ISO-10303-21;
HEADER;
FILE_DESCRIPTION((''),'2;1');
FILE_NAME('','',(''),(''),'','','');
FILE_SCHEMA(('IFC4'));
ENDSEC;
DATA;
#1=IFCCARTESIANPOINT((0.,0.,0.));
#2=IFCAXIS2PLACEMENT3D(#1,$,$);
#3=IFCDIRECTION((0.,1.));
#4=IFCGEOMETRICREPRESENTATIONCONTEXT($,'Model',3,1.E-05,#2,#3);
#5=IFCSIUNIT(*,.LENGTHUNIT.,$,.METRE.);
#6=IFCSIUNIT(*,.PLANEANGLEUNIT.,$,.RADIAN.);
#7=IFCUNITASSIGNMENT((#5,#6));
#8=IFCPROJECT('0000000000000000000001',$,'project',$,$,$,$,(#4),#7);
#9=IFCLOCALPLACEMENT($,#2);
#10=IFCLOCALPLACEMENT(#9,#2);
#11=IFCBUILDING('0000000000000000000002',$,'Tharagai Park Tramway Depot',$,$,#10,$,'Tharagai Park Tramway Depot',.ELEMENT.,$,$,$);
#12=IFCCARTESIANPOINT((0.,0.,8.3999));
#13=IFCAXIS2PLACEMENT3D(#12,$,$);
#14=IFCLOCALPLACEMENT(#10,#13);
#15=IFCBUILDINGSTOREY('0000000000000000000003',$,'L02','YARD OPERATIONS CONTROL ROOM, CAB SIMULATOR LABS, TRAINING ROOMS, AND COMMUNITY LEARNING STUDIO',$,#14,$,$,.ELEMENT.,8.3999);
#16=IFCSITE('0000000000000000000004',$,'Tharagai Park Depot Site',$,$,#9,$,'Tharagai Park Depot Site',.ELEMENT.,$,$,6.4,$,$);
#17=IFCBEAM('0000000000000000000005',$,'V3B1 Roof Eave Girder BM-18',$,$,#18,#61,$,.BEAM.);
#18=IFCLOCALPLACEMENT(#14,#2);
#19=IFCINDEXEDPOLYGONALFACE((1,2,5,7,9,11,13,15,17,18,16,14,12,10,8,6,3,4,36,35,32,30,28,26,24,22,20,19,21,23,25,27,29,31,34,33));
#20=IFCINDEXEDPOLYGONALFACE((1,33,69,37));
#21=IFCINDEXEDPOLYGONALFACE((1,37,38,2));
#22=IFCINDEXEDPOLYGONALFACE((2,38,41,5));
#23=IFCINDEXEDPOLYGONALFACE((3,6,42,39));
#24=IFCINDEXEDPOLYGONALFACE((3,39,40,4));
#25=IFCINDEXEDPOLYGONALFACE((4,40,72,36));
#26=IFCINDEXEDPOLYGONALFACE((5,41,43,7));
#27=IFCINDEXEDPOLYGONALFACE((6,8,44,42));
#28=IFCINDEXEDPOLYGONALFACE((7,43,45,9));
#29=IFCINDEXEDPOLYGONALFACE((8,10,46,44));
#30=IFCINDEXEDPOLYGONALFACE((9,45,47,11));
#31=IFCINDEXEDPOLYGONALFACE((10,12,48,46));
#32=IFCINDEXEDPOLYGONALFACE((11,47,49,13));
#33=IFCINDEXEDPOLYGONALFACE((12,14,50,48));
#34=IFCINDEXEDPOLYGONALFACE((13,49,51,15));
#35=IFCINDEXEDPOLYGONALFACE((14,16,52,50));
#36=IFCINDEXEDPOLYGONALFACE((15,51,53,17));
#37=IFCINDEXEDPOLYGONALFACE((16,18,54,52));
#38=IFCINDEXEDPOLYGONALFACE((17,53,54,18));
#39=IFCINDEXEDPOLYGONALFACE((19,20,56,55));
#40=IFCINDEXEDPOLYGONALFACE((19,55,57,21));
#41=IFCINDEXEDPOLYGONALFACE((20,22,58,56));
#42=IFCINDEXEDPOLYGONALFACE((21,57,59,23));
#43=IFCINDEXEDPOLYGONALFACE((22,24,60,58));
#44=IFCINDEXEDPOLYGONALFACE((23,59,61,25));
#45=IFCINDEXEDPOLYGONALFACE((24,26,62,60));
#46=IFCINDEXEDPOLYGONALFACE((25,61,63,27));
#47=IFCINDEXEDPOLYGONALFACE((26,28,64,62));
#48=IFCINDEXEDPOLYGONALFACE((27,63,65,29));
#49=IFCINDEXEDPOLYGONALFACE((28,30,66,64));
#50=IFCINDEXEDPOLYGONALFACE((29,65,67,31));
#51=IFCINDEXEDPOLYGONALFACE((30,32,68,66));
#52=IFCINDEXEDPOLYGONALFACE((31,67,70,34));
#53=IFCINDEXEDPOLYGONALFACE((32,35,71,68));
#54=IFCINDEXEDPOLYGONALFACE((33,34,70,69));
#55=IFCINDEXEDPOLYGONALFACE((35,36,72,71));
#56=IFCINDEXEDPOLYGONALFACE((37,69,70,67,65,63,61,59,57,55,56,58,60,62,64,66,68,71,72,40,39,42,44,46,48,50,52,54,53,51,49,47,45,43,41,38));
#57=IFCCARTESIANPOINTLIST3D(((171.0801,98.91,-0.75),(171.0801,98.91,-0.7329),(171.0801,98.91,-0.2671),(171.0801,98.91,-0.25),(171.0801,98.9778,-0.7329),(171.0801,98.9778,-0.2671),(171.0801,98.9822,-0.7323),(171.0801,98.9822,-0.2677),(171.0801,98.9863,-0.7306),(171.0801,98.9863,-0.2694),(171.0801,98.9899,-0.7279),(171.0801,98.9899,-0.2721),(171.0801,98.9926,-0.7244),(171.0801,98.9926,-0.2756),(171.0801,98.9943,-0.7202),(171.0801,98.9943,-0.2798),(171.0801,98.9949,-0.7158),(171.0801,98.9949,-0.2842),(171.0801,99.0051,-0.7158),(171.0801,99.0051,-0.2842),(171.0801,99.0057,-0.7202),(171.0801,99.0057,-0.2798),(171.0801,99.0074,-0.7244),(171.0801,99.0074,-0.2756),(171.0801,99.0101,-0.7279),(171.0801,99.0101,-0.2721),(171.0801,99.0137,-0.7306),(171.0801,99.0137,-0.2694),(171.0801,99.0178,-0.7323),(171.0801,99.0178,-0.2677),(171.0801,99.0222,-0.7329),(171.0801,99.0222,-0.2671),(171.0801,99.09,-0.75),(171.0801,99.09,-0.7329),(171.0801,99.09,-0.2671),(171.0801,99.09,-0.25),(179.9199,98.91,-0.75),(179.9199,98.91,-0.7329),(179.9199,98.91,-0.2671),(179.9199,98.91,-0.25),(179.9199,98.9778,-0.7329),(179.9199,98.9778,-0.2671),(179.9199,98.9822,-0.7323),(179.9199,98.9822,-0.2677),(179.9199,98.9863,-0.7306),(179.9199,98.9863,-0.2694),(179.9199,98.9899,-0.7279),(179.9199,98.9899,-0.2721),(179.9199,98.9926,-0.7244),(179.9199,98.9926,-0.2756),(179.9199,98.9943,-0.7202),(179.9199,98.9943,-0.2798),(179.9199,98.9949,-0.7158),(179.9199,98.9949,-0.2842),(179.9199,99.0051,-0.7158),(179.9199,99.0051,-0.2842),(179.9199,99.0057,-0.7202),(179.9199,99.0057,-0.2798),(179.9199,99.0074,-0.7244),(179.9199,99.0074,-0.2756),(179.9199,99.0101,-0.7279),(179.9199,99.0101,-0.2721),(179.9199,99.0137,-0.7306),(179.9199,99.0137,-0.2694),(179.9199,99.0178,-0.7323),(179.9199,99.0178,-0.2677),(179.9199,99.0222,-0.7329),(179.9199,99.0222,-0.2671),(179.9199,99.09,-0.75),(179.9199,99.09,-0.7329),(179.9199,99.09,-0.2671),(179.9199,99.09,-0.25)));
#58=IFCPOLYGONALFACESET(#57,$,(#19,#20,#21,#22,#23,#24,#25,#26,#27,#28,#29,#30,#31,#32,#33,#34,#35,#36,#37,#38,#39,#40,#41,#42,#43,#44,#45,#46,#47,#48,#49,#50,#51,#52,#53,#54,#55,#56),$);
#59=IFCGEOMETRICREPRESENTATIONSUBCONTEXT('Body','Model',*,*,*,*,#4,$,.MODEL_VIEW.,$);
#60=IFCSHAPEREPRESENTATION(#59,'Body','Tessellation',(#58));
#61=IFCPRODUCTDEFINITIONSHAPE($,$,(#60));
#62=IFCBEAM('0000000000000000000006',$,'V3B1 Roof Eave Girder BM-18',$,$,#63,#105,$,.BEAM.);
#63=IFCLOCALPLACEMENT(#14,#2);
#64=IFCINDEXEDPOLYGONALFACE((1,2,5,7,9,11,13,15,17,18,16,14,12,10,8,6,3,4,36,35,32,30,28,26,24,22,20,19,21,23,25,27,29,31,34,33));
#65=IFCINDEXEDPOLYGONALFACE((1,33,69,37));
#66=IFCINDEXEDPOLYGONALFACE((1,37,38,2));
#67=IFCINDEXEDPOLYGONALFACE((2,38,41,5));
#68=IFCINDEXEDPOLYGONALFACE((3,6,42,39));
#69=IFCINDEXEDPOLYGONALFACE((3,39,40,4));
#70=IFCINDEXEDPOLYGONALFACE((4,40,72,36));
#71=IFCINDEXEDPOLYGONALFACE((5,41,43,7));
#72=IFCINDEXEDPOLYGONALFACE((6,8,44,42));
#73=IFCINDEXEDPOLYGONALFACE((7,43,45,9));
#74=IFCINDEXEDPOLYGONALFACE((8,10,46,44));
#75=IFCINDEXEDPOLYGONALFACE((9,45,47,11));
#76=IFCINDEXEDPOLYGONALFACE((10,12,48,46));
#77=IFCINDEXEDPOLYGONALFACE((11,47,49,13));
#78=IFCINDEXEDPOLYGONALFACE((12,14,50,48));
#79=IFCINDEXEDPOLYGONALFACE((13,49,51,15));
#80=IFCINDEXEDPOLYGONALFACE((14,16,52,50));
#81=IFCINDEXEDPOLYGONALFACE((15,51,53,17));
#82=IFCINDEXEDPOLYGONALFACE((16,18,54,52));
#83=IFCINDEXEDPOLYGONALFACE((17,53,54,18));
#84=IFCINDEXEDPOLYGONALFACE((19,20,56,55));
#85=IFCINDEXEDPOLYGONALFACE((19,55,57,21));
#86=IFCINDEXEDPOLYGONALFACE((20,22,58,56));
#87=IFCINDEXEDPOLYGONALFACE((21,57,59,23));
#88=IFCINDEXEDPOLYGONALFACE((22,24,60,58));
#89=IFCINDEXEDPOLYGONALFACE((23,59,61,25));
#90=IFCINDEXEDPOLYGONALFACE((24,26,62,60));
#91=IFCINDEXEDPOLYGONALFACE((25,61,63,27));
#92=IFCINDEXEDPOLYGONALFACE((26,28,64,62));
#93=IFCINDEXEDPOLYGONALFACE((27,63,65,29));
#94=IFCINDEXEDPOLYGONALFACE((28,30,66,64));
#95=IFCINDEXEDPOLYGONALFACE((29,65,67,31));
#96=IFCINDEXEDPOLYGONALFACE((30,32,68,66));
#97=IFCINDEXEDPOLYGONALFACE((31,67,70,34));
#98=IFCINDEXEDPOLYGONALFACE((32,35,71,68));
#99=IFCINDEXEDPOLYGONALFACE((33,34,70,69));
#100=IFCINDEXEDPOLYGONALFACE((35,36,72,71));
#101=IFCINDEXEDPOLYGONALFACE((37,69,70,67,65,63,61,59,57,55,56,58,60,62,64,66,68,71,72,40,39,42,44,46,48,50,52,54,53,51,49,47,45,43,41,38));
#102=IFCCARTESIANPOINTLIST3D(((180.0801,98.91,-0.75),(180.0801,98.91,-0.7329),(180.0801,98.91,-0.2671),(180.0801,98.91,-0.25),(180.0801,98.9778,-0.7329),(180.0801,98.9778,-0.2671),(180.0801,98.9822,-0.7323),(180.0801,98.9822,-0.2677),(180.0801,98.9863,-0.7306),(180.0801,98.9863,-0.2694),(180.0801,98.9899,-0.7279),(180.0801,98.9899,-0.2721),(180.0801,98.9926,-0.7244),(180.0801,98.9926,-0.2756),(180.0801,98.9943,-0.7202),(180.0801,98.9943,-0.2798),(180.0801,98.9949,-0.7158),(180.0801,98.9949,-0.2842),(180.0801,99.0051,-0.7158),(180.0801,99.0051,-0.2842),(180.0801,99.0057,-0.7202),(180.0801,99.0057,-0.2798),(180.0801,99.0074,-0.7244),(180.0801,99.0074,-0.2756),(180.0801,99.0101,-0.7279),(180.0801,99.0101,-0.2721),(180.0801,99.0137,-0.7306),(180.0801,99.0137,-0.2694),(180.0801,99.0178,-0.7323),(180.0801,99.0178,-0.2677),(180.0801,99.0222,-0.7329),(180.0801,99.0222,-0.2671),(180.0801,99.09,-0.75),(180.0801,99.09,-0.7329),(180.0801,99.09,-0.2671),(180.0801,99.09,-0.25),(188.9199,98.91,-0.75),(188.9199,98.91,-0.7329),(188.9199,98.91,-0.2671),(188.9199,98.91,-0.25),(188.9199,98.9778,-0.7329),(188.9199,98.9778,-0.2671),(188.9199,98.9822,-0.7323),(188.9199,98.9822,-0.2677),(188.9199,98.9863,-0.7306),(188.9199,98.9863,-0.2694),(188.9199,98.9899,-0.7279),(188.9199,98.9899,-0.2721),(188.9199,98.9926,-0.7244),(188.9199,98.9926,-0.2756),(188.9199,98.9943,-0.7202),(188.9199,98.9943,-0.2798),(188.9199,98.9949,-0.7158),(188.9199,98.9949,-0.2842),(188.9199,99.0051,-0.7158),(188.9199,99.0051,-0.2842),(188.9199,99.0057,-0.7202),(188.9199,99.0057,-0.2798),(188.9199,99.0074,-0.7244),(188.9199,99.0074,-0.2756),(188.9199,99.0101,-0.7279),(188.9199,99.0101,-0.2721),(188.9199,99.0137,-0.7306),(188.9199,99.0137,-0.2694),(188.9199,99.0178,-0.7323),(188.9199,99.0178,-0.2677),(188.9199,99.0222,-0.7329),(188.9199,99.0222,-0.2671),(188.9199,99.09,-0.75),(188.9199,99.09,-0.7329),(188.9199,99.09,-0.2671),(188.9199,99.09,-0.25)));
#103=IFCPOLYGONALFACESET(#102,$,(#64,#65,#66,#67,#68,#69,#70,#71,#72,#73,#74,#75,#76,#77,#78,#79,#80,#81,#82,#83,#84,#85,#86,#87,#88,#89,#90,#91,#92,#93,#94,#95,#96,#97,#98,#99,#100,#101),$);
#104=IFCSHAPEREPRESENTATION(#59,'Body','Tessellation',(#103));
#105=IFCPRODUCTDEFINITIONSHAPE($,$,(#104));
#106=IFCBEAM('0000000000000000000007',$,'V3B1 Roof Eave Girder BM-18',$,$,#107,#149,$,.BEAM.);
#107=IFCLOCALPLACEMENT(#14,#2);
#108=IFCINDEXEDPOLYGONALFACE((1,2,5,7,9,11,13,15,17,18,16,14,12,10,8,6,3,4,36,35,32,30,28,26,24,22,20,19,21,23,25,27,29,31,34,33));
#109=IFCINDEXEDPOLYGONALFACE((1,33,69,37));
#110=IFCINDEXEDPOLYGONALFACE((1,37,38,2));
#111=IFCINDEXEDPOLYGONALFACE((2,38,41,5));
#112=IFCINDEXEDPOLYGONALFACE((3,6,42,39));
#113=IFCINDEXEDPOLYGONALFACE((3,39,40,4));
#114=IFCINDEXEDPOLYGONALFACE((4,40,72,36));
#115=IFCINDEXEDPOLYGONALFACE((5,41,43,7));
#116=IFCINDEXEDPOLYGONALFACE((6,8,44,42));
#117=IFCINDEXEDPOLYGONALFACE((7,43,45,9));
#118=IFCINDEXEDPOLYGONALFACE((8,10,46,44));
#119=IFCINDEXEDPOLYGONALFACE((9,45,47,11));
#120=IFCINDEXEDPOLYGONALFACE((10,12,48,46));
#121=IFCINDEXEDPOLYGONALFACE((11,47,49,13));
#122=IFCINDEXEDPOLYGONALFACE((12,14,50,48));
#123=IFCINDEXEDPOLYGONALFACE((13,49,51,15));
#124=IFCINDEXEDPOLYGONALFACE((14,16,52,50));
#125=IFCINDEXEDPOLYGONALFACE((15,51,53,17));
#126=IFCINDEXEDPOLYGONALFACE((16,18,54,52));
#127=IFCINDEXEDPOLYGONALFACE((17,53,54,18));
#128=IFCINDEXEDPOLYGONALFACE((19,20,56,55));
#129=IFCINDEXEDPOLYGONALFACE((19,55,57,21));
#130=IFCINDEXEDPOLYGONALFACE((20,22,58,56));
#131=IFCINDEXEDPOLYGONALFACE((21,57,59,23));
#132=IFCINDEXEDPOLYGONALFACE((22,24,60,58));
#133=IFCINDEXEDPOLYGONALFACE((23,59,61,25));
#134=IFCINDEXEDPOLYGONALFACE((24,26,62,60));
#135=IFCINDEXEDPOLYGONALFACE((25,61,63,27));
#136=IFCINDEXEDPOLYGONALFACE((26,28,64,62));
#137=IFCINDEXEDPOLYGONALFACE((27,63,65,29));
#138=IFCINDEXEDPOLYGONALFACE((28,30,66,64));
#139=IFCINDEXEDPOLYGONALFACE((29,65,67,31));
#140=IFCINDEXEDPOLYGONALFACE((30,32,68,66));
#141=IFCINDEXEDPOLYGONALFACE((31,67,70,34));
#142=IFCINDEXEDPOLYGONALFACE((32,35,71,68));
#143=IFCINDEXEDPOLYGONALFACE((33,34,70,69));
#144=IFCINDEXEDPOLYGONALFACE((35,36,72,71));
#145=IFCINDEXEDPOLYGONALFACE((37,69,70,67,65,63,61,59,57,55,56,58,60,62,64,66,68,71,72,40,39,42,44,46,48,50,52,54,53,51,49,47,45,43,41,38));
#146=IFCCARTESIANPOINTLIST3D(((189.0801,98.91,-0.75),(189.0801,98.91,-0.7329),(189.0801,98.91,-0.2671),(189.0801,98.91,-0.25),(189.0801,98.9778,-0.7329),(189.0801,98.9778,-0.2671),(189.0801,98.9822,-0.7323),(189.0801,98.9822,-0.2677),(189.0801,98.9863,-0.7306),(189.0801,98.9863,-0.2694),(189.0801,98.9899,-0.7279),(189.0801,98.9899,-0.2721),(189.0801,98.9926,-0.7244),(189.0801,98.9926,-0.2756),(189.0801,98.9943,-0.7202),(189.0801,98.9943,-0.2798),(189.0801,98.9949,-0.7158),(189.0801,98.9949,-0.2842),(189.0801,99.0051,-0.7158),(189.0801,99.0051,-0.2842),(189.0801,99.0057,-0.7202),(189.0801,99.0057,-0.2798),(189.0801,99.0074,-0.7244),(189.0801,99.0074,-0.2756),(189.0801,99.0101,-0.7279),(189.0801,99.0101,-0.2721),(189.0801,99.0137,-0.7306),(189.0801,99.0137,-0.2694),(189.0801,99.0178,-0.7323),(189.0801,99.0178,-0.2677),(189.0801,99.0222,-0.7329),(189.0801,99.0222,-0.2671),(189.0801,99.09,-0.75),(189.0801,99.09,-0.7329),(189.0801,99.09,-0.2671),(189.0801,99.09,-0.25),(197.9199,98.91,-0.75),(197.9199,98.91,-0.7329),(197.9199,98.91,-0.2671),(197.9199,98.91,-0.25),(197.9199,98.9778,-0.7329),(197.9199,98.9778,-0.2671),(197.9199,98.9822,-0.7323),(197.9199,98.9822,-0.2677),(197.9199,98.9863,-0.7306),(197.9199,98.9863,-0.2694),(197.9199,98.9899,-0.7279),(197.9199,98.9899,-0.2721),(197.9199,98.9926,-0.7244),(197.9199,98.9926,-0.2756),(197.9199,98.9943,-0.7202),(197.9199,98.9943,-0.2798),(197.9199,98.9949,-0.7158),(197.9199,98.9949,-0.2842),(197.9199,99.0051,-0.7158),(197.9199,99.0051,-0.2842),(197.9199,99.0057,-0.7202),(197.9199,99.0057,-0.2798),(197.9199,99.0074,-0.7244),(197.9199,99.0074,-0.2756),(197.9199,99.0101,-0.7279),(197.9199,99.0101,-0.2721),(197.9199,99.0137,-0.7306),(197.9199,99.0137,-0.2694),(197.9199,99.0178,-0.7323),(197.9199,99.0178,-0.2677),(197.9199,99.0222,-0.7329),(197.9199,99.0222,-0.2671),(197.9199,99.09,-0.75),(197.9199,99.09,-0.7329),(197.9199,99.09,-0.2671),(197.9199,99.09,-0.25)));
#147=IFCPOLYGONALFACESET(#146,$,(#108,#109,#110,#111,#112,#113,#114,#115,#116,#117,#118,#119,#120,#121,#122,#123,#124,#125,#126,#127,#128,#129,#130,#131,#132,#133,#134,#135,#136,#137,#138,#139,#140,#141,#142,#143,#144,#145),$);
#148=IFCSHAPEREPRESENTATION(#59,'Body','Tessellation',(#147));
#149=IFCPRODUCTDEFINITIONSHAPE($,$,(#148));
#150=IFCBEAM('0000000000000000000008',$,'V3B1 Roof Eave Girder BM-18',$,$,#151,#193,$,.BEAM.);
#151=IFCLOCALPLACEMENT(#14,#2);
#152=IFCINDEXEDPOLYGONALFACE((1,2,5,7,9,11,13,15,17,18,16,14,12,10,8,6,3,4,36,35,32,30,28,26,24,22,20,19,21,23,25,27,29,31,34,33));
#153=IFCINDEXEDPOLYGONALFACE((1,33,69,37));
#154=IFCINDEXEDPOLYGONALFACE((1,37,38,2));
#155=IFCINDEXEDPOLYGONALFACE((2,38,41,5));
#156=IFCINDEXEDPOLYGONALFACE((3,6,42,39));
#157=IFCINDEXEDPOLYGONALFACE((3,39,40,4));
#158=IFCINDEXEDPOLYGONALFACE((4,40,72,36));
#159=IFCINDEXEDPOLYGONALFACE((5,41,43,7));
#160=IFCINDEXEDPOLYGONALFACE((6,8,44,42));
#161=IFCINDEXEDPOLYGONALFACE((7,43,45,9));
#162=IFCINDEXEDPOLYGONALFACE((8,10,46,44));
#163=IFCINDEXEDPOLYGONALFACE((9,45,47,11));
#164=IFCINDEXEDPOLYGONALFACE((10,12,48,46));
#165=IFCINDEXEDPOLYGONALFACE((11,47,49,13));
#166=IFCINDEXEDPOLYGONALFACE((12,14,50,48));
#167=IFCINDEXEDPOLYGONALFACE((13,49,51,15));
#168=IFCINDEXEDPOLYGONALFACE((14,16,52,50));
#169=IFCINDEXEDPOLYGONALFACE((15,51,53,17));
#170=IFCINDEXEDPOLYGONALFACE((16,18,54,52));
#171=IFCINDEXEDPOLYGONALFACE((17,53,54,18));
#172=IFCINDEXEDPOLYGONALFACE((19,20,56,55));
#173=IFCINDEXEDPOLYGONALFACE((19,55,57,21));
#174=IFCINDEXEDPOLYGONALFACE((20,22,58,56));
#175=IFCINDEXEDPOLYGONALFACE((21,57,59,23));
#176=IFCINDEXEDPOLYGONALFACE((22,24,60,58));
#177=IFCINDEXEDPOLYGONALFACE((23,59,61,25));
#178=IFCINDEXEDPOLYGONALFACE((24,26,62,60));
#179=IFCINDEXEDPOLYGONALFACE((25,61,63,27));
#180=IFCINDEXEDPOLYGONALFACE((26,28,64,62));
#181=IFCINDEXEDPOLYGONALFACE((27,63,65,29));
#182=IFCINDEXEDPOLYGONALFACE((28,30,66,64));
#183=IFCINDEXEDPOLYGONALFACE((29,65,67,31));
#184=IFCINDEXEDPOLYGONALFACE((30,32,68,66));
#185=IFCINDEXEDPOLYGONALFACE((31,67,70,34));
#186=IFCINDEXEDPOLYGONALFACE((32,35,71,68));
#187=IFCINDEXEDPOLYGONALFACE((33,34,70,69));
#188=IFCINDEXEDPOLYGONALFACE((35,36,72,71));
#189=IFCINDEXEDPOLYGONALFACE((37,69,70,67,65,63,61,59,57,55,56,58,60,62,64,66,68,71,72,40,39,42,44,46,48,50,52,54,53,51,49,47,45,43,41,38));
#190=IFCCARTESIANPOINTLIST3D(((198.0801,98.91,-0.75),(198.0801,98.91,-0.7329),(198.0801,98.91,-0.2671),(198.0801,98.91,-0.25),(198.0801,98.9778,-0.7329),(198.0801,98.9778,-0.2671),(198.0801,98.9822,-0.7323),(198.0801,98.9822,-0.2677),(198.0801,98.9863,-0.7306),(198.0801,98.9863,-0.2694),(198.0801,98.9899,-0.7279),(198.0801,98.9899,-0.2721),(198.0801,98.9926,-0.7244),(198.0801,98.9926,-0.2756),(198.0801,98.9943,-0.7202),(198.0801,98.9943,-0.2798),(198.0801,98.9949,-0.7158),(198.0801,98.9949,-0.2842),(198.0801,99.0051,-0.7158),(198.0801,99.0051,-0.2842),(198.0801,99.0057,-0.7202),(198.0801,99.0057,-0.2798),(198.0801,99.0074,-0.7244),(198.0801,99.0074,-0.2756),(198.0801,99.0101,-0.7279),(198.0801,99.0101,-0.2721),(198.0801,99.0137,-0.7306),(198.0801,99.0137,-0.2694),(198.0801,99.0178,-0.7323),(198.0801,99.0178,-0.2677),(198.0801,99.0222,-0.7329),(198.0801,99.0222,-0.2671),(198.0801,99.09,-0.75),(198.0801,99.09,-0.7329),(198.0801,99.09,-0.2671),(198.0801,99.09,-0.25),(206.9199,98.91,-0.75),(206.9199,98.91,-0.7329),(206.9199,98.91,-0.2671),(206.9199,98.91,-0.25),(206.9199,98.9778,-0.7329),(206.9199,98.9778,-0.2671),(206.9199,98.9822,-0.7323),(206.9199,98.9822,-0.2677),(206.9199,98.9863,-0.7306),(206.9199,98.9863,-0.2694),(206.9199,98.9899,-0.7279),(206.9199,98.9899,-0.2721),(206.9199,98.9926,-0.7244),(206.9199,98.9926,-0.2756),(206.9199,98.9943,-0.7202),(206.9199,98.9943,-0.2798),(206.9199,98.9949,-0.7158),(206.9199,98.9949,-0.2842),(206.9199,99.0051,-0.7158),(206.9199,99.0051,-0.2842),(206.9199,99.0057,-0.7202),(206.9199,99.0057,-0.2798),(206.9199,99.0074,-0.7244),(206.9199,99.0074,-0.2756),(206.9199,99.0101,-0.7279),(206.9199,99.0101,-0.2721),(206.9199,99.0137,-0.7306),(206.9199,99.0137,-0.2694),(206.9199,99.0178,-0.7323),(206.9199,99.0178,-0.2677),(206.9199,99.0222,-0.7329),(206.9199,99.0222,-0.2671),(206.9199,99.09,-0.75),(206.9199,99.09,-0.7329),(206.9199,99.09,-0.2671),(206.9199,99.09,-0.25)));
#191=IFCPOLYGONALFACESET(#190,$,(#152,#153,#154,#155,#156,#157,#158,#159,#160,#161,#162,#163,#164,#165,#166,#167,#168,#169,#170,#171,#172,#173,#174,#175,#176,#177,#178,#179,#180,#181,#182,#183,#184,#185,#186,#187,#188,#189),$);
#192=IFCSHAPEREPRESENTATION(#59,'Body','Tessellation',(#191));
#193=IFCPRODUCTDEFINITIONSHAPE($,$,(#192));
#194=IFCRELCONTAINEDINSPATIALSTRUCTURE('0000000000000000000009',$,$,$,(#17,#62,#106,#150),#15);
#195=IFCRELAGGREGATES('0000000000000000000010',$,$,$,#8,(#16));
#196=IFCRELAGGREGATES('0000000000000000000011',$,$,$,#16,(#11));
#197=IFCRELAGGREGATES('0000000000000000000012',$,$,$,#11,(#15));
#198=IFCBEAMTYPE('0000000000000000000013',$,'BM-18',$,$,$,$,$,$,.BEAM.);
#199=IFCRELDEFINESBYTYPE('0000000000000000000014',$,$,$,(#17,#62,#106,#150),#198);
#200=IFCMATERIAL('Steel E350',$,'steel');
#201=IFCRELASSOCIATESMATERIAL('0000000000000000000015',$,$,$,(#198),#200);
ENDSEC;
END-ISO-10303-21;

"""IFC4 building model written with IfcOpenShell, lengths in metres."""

from ifc_helpers import new_model, si_unit, direction, frame, origin, origin_2d, place, context, subcontext, project, spatial, i_section, extrude, material, material_profile, profile_set, type_object, element, save


model = new_model("IFC4")

# Units and contexts
model_context = context("Model", 3, precision=1e-05, world=origin(), true_north=direction((0.0, 1.0)))
body_context = subcontext(model_context, "Body", "Model", "MODEL_VIEW")
ifc_project = project(units=[si_unit("LENGTHUNIT", "METRE"), si_unit("PLANEANGLEUNIT", "RADIAN")], contexts=[model_context])

# Site, building, storey
site_placement = place(None, origin())
site = spatial("IfcSite", under=ifc_project, at=site_placement, Name="Tharagai Park Depot Site", LongName="Tharagai Park Depot Site", CompositionType="ELEMENT", RefElevation=6.4)
building_placement = place(site_placement, origin())
building = spatial("IfcBuilding", under=site, at=building_placement, Name="Tharagai Park Tramway Depot", LongName="Tharagai Park Tramway Depot", CompositionType="ELEMENT")
storey_placement = place(building_placement, frame((0.0, 0.0, 8.3999)))
storey = spatial("IfcBuildingStorey", under=building, at=storey_placement, Name="L02", Description="YARD OPERATIONS CONTROL ROOM, CAB SIMULATOR LABS, TRAINING ROOMS, AND COMMUNITY LEARNING STUDIO", CompositionType="ELEMENT", Elevation=8.3999)

# Shared definitions
ifc_material_1 = material(Name="Steel E350", Category="steel")

# Beams
ifc_material_profile_1 = material_profile(ifc_material_1, i_section(OverallWidth=0.1799, OverallDepth=0.5, WebThickness=0.0103, FlangeThickness=0.0171, FilletRadius=0.0171, at=origin_2d()), Name="ISMB 500")
ifc_profile_set_1 = profile_set([ifc_material_profile_1], Name="Steel E350")
beam_type_1 = type_object("IfcBeamType", Name="BM-18", PredefinedType="BEAM", material=ifc_profile_set_1)
for number, where, z_axis, x_axis, name in (
    (1, (171.0801, 99.0, -0.5), (1.0, 0.0, 0.0), (0.0, 1.0, 0.0), "V3B1 Roof Eave Girder BM-18"),
    (2, (180.0801, 99.0, -0.5), (1.0, 0.0, 0.0), (0.0, 1.0, 0.0), "V3B1 Roof Eave Girder BM-18"),
    (3, (189.0801, 99.0, -0.5), (1.0, 0.0, 0.0), (0.0, 1.0, 0.0), "V3B1 Roof Eave Girder BM-18"),
    (4, (198.0801, 99.0, -0.5), (1.0, 0.0, 0.0), (0.0, 1.0, 0.0), "V3B1 Roof Eave Girder BM-18"),
):
    element("IfcBeam", number, at=place(storey_placement, frame(where, z_axis=z_axis, x_axis=x_axis)), inside=storey, type_object=beam_type_1, Name=name, PredefinedType="BEAM", context=body_context, shape_type="SweptSolid", body=[
        extrude(i_section(OverallWidth=0.1799, OverallDepth=0.5, WebThickness=0.0103, FlangeThickness=0.0171, FilletRadius=0.0171, at=origin_2d()), origin(), (0.0, 0.0, 1.0), 8.8398),
    ])

save(model, "model.ifc")
